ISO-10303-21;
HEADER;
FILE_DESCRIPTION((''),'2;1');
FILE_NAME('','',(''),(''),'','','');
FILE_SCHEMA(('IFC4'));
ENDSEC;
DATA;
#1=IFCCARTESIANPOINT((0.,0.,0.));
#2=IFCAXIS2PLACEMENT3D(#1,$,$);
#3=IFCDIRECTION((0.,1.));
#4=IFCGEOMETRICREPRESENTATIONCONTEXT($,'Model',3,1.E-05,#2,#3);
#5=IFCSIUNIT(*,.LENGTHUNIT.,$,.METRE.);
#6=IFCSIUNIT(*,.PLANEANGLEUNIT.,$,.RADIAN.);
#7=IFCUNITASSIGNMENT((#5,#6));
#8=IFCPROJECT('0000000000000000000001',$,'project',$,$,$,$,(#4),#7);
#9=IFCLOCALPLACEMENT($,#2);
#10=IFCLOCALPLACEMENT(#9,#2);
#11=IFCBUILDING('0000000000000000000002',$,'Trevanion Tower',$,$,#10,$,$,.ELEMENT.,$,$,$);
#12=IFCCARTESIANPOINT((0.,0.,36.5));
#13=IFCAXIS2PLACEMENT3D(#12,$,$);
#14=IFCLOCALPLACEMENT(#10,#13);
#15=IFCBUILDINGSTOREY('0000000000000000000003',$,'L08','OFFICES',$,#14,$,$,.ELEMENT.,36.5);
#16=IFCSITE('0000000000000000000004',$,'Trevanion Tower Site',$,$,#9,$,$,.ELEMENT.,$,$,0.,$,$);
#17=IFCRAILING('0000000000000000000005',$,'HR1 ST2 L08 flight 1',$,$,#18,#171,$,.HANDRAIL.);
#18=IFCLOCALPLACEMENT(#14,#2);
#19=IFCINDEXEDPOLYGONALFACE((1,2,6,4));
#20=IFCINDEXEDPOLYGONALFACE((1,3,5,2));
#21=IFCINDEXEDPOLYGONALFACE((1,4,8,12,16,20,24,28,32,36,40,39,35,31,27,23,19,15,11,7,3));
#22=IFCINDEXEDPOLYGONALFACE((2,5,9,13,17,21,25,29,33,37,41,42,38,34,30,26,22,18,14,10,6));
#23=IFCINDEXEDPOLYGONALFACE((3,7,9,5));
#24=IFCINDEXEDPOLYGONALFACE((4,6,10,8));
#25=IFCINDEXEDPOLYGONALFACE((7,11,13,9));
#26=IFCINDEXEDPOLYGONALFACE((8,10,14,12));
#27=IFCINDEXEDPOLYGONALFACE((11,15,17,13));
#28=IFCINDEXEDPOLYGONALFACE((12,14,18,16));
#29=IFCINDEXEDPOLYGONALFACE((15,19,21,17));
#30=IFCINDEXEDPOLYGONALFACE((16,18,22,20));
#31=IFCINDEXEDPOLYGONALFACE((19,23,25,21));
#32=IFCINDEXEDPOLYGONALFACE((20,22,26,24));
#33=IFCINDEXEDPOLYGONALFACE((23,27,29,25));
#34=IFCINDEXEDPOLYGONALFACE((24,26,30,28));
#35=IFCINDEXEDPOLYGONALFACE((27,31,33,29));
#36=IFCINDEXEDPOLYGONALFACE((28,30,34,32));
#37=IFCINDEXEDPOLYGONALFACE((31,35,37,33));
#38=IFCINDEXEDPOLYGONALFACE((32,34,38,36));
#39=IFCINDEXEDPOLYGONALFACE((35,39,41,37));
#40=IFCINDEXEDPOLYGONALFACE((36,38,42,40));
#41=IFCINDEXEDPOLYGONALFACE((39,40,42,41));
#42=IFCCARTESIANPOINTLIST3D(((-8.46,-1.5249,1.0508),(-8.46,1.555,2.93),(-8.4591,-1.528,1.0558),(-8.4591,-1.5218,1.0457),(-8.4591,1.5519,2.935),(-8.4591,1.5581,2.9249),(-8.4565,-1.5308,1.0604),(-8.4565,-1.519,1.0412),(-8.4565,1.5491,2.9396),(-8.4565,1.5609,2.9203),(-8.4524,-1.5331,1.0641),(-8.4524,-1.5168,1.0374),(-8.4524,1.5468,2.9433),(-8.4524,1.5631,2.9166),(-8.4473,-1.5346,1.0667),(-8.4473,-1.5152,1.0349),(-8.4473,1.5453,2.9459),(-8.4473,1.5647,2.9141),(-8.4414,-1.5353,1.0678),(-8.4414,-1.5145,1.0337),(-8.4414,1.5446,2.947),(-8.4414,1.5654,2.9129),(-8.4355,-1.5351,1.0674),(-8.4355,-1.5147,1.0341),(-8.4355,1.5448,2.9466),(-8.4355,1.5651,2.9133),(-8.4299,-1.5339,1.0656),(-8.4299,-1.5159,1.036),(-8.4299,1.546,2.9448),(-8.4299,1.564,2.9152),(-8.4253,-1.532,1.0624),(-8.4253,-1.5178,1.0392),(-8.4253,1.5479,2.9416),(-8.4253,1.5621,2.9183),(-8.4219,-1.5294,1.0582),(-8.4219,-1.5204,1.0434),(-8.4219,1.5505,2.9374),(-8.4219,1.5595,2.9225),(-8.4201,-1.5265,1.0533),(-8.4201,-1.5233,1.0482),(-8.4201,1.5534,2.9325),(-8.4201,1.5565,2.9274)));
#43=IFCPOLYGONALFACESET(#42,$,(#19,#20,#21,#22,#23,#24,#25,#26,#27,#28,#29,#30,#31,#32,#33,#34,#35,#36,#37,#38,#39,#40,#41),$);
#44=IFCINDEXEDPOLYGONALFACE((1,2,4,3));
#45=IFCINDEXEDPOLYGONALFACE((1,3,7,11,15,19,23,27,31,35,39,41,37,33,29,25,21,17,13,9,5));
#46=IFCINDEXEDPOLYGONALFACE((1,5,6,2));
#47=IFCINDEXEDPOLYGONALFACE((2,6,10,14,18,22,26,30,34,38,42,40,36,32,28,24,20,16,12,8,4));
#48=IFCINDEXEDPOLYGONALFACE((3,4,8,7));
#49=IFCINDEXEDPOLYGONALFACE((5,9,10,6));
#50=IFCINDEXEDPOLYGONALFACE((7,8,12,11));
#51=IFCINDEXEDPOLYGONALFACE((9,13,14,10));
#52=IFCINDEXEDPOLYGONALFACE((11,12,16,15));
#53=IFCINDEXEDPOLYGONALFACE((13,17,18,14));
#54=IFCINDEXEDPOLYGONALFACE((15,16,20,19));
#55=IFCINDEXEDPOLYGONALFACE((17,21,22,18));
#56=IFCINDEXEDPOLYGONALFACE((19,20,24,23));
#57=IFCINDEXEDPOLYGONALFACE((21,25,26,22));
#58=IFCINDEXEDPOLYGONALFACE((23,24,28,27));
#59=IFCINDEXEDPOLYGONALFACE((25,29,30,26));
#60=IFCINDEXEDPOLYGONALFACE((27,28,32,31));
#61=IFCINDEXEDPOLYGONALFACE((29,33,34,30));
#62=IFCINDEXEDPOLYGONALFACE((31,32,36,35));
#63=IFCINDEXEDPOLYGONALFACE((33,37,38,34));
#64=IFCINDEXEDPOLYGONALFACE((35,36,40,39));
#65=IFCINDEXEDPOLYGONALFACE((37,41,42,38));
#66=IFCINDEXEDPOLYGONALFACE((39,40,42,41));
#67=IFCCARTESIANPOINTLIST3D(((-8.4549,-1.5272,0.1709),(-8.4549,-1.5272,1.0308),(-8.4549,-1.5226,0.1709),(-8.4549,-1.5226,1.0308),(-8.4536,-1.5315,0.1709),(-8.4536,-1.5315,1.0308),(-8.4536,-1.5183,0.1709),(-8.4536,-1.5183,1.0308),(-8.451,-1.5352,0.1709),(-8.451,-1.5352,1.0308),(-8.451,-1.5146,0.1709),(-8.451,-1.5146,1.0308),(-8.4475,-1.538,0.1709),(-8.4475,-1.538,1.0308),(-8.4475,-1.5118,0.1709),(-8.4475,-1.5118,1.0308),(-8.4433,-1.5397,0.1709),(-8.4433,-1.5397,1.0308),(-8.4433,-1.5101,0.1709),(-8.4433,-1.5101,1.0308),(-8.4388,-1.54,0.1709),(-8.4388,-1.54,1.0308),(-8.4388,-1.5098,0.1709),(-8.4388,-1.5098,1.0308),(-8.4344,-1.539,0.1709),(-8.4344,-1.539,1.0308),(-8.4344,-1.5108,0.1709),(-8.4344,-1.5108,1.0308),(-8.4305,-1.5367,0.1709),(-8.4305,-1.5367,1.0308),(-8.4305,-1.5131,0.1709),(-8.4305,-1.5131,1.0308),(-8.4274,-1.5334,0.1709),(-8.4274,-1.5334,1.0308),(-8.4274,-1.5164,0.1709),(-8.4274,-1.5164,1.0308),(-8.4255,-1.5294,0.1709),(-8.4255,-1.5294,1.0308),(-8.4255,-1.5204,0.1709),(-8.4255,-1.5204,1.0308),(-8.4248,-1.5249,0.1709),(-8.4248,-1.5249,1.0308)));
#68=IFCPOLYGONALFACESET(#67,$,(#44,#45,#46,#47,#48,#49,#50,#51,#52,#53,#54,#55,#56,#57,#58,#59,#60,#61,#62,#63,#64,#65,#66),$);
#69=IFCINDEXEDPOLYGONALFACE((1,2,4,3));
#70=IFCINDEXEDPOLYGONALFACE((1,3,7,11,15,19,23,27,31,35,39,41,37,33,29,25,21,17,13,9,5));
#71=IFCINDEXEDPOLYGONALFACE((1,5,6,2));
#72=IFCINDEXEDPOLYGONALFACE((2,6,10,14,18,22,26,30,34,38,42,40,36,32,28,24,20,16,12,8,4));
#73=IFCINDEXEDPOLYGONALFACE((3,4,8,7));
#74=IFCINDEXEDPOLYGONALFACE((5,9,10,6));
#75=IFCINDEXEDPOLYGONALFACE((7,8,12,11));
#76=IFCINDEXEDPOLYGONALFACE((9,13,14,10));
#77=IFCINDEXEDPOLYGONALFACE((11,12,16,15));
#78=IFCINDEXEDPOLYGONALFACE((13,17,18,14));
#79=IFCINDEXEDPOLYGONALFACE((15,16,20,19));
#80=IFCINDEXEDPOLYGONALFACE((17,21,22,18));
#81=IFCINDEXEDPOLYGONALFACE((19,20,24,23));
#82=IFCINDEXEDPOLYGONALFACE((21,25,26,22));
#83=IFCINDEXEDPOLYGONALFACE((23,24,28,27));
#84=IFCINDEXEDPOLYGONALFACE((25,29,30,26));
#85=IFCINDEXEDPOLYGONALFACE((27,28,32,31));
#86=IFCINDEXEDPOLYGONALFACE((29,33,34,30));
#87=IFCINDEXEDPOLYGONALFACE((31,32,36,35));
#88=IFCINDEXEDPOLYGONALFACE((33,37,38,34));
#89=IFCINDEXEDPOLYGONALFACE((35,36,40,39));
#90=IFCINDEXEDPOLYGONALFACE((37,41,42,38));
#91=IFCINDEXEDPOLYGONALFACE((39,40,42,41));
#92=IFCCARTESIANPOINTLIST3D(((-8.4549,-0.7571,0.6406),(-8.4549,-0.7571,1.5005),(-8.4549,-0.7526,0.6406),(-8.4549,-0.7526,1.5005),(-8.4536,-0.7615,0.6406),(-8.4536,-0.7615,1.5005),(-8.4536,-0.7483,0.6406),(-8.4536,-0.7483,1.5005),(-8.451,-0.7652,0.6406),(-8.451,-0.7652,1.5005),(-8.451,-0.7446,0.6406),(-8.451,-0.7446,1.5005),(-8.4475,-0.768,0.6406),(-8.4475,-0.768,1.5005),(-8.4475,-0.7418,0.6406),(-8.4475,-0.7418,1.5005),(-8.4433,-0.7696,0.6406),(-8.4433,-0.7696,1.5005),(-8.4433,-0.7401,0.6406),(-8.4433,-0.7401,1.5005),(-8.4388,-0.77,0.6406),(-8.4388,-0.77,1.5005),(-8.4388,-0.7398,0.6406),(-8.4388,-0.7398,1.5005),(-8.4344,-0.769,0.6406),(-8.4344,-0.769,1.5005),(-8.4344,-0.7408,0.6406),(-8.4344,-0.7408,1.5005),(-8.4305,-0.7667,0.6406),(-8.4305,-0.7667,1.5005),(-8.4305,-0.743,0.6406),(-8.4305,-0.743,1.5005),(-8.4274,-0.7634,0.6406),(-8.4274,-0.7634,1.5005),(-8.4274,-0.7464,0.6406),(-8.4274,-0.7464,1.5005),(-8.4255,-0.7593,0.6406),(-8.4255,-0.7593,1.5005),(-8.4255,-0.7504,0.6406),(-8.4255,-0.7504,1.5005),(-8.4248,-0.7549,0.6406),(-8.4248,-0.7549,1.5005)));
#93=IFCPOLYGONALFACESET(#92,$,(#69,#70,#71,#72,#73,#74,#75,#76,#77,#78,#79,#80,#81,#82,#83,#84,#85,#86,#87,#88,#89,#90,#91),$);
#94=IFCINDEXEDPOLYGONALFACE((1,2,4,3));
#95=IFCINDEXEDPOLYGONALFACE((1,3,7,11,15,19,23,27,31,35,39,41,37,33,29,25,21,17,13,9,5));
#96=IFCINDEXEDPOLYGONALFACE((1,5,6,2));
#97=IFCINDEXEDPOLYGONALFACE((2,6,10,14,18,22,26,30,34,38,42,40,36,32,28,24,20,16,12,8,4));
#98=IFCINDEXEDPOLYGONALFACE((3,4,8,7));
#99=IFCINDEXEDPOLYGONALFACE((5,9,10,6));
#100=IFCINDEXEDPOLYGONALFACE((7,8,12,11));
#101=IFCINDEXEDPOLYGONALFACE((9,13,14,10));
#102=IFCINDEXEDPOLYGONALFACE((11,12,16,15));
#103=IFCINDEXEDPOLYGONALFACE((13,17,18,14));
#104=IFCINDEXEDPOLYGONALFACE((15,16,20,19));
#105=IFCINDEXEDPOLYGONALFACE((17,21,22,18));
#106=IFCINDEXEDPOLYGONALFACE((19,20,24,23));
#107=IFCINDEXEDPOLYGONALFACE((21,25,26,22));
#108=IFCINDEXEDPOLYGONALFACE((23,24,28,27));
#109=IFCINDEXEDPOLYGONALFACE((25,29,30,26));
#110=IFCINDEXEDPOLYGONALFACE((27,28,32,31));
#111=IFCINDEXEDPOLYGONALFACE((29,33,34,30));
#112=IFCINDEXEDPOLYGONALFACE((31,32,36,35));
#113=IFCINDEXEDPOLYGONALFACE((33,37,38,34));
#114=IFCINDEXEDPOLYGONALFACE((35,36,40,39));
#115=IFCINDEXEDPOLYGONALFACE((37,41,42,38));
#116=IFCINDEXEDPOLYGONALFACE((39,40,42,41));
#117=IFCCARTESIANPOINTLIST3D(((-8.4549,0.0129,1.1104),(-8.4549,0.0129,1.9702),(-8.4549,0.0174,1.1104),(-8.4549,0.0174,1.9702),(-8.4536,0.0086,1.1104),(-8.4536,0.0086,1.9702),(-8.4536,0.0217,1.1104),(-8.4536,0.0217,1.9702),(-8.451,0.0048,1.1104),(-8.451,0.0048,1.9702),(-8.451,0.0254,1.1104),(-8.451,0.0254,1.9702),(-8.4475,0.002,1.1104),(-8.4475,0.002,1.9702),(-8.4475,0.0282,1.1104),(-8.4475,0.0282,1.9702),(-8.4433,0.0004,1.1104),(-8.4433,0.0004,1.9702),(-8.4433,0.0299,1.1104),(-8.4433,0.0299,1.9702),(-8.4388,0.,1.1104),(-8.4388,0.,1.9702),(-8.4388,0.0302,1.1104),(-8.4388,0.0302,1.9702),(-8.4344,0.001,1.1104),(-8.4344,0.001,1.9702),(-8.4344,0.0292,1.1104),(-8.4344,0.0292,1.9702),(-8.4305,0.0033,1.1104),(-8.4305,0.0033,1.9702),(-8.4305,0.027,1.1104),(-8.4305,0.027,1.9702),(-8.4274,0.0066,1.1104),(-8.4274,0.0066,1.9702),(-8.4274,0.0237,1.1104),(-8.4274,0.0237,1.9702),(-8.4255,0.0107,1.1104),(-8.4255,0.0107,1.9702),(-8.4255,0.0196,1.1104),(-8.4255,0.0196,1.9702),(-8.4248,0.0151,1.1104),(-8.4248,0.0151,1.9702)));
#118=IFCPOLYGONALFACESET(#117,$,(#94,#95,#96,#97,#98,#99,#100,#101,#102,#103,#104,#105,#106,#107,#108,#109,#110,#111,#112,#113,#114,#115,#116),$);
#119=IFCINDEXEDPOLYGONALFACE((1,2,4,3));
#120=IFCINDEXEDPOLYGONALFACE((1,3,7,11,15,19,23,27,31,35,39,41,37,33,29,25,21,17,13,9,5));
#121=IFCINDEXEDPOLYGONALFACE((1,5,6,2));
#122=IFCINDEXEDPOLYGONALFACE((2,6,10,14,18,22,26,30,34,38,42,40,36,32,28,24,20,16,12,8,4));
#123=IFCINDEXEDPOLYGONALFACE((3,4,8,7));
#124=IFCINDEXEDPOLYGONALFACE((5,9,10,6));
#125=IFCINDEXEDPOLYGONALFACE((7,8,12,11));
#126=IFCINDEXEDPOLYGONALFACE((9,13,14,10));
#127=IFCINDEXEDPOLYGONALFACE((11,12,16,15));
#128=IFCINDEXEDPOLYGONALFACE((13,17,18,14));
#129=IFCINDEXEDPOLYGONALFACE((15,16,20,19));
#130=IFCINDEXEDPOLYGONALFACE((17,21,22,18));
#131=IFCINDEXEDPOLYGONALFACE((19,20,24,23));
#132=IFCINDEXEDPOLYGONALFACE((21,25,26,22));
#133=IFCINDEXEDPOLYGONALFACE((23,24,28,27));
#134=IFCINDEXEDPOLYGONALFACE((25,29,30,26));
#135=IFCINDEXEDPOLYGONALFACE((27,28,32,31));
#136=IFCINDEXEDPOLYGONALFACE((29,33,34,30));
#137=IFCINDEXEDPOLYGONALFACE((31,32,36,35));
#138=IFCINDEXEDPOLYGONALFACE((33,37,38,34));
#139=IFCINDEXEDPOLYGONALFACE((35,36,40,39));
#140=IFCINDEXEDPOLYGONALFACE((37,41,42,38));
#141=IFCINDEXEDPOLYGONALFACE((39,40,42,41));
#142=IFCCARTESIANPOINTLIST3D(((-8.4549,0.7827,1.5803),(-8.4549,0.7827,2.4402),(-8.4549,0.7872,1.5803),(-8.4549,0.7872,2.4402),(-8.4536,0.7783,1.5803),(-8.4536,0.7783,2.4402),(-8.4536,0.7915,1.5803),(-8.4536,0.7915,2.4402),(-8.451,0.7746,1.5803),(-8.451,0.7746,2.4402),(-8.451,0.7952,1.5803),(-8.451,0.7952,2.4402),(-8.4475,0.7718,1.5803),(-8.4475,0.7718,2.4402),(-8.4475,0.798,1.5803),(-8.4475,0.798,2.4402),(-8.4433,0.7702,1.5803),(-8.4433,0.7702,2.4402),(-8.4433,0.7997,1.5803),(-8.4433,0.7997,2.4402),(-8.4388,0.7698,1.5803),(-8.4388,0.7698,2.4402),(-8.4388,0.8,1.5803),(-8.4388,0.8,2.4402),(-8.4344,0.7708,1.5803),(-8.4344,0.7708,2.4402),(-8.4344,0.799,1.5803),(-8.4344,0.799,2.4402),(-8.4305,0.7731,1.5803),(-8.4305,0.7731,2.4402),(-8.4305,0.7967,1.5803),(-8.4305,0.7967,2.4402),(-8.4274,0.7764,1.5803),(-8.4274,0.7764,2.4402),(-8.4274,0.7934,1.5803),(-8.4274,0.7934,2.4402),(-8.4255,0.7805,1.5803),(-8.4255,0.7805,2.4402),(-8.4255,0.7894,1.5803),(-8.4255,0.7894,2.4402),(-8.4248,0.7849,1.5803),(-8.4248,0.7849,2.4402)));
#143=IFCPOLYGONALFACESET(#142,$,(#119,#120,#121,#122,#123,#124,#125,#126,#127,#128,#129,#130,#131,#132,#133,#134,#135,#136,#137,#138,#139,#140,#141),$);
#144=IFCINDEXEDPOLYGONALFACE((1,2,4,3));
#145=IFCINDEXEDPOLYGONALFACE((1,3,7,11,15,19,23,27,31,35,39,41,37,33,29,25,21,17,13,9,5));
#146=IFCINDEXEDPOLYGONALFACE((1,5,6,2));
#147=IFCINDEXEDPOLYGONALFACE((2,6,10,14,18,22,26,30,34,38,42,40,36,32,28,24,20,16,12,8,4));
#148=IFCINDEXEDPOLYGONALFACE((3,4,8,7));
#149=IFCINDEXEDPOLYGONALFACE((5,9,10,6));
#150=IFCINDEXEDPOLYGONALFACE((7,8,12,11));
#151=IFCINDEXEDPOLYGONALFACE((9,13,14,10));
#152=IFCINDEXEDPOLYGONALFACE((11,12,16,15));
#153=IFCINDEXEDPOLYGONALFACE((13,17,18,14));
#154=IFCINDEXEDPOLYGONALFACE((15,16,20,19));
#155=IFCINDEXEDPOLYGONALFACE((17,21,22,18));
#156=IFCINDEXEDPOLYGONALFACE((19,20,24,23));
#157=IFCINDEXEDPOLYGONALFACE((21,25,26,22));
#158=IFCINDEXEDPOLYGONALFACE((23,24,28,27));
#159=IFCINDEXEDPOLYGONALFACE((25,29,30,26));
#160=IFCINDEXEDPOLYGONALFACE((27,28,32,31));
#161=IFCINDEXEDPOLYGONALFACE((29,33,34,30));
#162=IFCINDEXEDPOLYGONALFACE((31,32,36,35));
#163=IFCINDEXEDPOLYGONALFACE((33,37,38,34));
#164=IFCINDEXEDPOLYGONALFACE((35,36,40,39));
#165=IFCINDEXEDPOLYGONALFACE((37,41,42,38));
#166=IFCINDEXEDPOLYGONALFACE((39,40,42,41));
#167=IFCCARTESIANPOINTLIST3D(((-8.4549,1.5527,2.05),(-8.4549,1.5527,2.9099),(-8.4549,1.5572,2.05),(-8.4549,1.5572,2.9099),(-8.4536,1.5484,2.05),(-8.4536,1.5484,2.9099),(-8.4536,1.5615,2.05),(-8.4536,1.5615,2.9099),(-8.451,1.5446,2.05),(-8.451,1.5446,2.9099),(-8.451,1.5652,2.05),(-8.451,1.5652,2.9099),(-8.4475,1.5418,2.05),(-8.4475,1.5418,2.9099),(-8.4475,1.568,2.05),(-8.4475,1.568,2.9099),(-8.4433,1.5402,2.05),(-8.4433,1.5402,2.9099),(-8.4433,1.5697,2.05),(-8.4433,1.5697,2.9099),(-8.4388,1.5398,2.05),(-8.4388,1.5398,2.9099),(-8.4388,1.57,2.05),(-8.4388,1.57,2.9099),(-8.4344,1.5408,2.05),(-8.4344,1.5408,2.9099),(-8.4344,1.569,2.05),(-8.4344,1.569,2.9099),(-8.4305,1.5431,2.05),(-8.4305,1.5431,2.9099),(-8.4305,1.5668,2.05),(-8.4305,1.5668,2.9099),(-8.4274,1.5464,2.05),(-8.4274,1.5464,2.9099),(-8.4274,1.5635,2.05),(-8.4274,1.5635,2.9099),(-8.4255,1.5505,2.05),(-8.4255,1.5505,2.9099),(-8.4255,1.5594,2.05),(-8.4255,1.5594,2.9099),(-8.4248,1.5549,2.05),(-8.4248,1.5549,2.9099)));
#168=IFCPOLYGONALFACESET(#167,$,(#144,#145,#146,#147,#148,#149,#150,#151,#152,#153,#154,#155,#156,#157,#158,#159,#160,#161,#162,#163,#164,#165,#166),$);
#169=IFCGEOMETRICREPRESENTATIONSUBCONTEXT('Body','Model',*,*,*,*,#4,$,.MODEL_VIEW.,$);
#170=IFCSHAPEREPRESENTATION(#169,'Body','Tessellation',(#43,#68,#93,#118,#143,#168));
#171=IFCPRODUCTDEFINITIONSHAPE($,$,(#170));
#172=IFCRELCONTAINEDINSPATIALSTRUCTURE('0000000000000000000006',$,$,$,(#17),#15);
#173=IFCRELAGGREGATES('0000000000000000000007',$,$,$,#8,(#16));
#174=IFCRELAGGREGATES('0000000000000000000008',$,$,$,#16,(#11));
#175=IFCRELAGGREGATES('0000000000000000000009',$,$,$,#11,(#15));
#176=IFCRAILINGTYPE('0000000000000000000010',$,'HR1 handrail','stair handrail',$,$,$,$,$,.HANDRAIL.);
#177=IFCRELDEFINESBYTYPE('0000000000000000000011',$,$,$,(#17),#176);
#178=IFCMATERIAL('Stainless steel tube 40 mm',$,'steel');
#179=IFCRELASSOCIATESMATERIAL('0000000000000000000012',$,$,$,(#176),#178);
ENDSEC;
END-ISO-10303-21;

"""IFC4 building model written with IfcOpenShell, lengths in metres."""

from ifc_helpers import new_model, si_unit, direction, frame, origin, origin_2d, place, context, subcontext, project, spatial, circle, extrude, material, type_object, element, save


model = new_model("IFC4")

# Units and contexts
model_context = context("Model", 3, precision=1e-05, world=origin(), true_north=direction((0.0, 1.0)))
body_context = subcontext(model_context, "Body", "Model", "MODEL_VIEW")
ifc_project = project(units=[si_unit("LENGTHUNIT", "METRE"), si_unit("PLANEANGLEUNIT", "RADIAN")], contexts=[model_context])

# Site, building, storey
site_placement = place(None, origin())
site = spatial("IfcSite", under=ifc_project, at=site_placement, Name="Trevanion Tower Site", CompositionType="ELEMENT", RefElevation=0.0)
building_placement = place(site_placement, origin())
building = spatial("IfcBuilding", under=site, at=building_placement, Name="Trevanion Tower", CompositionType="ELEMENT")
storey_placement = place(building_placement, frame((0.0, 0.0, 36.5)))
storey = spatial("IfcBuildingStorey", under=building, at=storey_placement, Name="L08", Description="OFFICES", CompositionType="ELEMENT", Elevation=36.5)

# Railing
ifc_material_1 = material(Name="Stainless steel tube 40 mm", Category="steel")
railing_type = type_object("IfcRailingType", Name="HR1 handrail", Description="stair handrail", PredefinedType="HANDRAIL", material=ifc_material_1)
for number, where, name in (
    (1, (-8.4399, -1.5249, 0.1709), "HR1 ST2 L08 flight 1"),
):
    element("IfcRailing", number, at=place(storey_placement, frame(where)), inside=storey, type_object=railing_type, Name=name, PredefinedType="HANDRAIL", context=body_context, shape_type="SweptSolid", body=[
        extrude(circle(Radius=0.02, at=origin_2d()), frame((0.0, 0.0, 0.8799), z_axis=(0.0, 0.853648, 0.52085), x_axis=(-1.0, 0.0, 0.0)), (0.0, 0.0, 1.0), 3.6079),
        extrude(circle(Radius=0.0151, at=origin_2d()), origin(), (0.0, 0.0, 1.0), 0.8599),
        extrude(circle(Radius=0.0151, at=origin_2d()), frame((0.0, 0.77, 0.4697)), (0.0, 0.0, 1.0), 0.8599),
        extrude(circle(Radius=0.0151, at=origin_2d()), frame((0.0, 1.54, 0.9395)), (0.0, 0.0, 1.0), 0.8599),
        extrude(circle(Radius=0.0151, at=origin_2d()), frame((0.0, 2.3098, 1.4094)), (0.0, 0.0, 1.0), 0.8599),
        extrude(circle(Radius=0.0151, at=origin_2d()), frame((0.0, 3.0798, 1.8792)), (0.0, 0.0, 1.0), 0.8599),
    ])

save(model, "model.ifc")
